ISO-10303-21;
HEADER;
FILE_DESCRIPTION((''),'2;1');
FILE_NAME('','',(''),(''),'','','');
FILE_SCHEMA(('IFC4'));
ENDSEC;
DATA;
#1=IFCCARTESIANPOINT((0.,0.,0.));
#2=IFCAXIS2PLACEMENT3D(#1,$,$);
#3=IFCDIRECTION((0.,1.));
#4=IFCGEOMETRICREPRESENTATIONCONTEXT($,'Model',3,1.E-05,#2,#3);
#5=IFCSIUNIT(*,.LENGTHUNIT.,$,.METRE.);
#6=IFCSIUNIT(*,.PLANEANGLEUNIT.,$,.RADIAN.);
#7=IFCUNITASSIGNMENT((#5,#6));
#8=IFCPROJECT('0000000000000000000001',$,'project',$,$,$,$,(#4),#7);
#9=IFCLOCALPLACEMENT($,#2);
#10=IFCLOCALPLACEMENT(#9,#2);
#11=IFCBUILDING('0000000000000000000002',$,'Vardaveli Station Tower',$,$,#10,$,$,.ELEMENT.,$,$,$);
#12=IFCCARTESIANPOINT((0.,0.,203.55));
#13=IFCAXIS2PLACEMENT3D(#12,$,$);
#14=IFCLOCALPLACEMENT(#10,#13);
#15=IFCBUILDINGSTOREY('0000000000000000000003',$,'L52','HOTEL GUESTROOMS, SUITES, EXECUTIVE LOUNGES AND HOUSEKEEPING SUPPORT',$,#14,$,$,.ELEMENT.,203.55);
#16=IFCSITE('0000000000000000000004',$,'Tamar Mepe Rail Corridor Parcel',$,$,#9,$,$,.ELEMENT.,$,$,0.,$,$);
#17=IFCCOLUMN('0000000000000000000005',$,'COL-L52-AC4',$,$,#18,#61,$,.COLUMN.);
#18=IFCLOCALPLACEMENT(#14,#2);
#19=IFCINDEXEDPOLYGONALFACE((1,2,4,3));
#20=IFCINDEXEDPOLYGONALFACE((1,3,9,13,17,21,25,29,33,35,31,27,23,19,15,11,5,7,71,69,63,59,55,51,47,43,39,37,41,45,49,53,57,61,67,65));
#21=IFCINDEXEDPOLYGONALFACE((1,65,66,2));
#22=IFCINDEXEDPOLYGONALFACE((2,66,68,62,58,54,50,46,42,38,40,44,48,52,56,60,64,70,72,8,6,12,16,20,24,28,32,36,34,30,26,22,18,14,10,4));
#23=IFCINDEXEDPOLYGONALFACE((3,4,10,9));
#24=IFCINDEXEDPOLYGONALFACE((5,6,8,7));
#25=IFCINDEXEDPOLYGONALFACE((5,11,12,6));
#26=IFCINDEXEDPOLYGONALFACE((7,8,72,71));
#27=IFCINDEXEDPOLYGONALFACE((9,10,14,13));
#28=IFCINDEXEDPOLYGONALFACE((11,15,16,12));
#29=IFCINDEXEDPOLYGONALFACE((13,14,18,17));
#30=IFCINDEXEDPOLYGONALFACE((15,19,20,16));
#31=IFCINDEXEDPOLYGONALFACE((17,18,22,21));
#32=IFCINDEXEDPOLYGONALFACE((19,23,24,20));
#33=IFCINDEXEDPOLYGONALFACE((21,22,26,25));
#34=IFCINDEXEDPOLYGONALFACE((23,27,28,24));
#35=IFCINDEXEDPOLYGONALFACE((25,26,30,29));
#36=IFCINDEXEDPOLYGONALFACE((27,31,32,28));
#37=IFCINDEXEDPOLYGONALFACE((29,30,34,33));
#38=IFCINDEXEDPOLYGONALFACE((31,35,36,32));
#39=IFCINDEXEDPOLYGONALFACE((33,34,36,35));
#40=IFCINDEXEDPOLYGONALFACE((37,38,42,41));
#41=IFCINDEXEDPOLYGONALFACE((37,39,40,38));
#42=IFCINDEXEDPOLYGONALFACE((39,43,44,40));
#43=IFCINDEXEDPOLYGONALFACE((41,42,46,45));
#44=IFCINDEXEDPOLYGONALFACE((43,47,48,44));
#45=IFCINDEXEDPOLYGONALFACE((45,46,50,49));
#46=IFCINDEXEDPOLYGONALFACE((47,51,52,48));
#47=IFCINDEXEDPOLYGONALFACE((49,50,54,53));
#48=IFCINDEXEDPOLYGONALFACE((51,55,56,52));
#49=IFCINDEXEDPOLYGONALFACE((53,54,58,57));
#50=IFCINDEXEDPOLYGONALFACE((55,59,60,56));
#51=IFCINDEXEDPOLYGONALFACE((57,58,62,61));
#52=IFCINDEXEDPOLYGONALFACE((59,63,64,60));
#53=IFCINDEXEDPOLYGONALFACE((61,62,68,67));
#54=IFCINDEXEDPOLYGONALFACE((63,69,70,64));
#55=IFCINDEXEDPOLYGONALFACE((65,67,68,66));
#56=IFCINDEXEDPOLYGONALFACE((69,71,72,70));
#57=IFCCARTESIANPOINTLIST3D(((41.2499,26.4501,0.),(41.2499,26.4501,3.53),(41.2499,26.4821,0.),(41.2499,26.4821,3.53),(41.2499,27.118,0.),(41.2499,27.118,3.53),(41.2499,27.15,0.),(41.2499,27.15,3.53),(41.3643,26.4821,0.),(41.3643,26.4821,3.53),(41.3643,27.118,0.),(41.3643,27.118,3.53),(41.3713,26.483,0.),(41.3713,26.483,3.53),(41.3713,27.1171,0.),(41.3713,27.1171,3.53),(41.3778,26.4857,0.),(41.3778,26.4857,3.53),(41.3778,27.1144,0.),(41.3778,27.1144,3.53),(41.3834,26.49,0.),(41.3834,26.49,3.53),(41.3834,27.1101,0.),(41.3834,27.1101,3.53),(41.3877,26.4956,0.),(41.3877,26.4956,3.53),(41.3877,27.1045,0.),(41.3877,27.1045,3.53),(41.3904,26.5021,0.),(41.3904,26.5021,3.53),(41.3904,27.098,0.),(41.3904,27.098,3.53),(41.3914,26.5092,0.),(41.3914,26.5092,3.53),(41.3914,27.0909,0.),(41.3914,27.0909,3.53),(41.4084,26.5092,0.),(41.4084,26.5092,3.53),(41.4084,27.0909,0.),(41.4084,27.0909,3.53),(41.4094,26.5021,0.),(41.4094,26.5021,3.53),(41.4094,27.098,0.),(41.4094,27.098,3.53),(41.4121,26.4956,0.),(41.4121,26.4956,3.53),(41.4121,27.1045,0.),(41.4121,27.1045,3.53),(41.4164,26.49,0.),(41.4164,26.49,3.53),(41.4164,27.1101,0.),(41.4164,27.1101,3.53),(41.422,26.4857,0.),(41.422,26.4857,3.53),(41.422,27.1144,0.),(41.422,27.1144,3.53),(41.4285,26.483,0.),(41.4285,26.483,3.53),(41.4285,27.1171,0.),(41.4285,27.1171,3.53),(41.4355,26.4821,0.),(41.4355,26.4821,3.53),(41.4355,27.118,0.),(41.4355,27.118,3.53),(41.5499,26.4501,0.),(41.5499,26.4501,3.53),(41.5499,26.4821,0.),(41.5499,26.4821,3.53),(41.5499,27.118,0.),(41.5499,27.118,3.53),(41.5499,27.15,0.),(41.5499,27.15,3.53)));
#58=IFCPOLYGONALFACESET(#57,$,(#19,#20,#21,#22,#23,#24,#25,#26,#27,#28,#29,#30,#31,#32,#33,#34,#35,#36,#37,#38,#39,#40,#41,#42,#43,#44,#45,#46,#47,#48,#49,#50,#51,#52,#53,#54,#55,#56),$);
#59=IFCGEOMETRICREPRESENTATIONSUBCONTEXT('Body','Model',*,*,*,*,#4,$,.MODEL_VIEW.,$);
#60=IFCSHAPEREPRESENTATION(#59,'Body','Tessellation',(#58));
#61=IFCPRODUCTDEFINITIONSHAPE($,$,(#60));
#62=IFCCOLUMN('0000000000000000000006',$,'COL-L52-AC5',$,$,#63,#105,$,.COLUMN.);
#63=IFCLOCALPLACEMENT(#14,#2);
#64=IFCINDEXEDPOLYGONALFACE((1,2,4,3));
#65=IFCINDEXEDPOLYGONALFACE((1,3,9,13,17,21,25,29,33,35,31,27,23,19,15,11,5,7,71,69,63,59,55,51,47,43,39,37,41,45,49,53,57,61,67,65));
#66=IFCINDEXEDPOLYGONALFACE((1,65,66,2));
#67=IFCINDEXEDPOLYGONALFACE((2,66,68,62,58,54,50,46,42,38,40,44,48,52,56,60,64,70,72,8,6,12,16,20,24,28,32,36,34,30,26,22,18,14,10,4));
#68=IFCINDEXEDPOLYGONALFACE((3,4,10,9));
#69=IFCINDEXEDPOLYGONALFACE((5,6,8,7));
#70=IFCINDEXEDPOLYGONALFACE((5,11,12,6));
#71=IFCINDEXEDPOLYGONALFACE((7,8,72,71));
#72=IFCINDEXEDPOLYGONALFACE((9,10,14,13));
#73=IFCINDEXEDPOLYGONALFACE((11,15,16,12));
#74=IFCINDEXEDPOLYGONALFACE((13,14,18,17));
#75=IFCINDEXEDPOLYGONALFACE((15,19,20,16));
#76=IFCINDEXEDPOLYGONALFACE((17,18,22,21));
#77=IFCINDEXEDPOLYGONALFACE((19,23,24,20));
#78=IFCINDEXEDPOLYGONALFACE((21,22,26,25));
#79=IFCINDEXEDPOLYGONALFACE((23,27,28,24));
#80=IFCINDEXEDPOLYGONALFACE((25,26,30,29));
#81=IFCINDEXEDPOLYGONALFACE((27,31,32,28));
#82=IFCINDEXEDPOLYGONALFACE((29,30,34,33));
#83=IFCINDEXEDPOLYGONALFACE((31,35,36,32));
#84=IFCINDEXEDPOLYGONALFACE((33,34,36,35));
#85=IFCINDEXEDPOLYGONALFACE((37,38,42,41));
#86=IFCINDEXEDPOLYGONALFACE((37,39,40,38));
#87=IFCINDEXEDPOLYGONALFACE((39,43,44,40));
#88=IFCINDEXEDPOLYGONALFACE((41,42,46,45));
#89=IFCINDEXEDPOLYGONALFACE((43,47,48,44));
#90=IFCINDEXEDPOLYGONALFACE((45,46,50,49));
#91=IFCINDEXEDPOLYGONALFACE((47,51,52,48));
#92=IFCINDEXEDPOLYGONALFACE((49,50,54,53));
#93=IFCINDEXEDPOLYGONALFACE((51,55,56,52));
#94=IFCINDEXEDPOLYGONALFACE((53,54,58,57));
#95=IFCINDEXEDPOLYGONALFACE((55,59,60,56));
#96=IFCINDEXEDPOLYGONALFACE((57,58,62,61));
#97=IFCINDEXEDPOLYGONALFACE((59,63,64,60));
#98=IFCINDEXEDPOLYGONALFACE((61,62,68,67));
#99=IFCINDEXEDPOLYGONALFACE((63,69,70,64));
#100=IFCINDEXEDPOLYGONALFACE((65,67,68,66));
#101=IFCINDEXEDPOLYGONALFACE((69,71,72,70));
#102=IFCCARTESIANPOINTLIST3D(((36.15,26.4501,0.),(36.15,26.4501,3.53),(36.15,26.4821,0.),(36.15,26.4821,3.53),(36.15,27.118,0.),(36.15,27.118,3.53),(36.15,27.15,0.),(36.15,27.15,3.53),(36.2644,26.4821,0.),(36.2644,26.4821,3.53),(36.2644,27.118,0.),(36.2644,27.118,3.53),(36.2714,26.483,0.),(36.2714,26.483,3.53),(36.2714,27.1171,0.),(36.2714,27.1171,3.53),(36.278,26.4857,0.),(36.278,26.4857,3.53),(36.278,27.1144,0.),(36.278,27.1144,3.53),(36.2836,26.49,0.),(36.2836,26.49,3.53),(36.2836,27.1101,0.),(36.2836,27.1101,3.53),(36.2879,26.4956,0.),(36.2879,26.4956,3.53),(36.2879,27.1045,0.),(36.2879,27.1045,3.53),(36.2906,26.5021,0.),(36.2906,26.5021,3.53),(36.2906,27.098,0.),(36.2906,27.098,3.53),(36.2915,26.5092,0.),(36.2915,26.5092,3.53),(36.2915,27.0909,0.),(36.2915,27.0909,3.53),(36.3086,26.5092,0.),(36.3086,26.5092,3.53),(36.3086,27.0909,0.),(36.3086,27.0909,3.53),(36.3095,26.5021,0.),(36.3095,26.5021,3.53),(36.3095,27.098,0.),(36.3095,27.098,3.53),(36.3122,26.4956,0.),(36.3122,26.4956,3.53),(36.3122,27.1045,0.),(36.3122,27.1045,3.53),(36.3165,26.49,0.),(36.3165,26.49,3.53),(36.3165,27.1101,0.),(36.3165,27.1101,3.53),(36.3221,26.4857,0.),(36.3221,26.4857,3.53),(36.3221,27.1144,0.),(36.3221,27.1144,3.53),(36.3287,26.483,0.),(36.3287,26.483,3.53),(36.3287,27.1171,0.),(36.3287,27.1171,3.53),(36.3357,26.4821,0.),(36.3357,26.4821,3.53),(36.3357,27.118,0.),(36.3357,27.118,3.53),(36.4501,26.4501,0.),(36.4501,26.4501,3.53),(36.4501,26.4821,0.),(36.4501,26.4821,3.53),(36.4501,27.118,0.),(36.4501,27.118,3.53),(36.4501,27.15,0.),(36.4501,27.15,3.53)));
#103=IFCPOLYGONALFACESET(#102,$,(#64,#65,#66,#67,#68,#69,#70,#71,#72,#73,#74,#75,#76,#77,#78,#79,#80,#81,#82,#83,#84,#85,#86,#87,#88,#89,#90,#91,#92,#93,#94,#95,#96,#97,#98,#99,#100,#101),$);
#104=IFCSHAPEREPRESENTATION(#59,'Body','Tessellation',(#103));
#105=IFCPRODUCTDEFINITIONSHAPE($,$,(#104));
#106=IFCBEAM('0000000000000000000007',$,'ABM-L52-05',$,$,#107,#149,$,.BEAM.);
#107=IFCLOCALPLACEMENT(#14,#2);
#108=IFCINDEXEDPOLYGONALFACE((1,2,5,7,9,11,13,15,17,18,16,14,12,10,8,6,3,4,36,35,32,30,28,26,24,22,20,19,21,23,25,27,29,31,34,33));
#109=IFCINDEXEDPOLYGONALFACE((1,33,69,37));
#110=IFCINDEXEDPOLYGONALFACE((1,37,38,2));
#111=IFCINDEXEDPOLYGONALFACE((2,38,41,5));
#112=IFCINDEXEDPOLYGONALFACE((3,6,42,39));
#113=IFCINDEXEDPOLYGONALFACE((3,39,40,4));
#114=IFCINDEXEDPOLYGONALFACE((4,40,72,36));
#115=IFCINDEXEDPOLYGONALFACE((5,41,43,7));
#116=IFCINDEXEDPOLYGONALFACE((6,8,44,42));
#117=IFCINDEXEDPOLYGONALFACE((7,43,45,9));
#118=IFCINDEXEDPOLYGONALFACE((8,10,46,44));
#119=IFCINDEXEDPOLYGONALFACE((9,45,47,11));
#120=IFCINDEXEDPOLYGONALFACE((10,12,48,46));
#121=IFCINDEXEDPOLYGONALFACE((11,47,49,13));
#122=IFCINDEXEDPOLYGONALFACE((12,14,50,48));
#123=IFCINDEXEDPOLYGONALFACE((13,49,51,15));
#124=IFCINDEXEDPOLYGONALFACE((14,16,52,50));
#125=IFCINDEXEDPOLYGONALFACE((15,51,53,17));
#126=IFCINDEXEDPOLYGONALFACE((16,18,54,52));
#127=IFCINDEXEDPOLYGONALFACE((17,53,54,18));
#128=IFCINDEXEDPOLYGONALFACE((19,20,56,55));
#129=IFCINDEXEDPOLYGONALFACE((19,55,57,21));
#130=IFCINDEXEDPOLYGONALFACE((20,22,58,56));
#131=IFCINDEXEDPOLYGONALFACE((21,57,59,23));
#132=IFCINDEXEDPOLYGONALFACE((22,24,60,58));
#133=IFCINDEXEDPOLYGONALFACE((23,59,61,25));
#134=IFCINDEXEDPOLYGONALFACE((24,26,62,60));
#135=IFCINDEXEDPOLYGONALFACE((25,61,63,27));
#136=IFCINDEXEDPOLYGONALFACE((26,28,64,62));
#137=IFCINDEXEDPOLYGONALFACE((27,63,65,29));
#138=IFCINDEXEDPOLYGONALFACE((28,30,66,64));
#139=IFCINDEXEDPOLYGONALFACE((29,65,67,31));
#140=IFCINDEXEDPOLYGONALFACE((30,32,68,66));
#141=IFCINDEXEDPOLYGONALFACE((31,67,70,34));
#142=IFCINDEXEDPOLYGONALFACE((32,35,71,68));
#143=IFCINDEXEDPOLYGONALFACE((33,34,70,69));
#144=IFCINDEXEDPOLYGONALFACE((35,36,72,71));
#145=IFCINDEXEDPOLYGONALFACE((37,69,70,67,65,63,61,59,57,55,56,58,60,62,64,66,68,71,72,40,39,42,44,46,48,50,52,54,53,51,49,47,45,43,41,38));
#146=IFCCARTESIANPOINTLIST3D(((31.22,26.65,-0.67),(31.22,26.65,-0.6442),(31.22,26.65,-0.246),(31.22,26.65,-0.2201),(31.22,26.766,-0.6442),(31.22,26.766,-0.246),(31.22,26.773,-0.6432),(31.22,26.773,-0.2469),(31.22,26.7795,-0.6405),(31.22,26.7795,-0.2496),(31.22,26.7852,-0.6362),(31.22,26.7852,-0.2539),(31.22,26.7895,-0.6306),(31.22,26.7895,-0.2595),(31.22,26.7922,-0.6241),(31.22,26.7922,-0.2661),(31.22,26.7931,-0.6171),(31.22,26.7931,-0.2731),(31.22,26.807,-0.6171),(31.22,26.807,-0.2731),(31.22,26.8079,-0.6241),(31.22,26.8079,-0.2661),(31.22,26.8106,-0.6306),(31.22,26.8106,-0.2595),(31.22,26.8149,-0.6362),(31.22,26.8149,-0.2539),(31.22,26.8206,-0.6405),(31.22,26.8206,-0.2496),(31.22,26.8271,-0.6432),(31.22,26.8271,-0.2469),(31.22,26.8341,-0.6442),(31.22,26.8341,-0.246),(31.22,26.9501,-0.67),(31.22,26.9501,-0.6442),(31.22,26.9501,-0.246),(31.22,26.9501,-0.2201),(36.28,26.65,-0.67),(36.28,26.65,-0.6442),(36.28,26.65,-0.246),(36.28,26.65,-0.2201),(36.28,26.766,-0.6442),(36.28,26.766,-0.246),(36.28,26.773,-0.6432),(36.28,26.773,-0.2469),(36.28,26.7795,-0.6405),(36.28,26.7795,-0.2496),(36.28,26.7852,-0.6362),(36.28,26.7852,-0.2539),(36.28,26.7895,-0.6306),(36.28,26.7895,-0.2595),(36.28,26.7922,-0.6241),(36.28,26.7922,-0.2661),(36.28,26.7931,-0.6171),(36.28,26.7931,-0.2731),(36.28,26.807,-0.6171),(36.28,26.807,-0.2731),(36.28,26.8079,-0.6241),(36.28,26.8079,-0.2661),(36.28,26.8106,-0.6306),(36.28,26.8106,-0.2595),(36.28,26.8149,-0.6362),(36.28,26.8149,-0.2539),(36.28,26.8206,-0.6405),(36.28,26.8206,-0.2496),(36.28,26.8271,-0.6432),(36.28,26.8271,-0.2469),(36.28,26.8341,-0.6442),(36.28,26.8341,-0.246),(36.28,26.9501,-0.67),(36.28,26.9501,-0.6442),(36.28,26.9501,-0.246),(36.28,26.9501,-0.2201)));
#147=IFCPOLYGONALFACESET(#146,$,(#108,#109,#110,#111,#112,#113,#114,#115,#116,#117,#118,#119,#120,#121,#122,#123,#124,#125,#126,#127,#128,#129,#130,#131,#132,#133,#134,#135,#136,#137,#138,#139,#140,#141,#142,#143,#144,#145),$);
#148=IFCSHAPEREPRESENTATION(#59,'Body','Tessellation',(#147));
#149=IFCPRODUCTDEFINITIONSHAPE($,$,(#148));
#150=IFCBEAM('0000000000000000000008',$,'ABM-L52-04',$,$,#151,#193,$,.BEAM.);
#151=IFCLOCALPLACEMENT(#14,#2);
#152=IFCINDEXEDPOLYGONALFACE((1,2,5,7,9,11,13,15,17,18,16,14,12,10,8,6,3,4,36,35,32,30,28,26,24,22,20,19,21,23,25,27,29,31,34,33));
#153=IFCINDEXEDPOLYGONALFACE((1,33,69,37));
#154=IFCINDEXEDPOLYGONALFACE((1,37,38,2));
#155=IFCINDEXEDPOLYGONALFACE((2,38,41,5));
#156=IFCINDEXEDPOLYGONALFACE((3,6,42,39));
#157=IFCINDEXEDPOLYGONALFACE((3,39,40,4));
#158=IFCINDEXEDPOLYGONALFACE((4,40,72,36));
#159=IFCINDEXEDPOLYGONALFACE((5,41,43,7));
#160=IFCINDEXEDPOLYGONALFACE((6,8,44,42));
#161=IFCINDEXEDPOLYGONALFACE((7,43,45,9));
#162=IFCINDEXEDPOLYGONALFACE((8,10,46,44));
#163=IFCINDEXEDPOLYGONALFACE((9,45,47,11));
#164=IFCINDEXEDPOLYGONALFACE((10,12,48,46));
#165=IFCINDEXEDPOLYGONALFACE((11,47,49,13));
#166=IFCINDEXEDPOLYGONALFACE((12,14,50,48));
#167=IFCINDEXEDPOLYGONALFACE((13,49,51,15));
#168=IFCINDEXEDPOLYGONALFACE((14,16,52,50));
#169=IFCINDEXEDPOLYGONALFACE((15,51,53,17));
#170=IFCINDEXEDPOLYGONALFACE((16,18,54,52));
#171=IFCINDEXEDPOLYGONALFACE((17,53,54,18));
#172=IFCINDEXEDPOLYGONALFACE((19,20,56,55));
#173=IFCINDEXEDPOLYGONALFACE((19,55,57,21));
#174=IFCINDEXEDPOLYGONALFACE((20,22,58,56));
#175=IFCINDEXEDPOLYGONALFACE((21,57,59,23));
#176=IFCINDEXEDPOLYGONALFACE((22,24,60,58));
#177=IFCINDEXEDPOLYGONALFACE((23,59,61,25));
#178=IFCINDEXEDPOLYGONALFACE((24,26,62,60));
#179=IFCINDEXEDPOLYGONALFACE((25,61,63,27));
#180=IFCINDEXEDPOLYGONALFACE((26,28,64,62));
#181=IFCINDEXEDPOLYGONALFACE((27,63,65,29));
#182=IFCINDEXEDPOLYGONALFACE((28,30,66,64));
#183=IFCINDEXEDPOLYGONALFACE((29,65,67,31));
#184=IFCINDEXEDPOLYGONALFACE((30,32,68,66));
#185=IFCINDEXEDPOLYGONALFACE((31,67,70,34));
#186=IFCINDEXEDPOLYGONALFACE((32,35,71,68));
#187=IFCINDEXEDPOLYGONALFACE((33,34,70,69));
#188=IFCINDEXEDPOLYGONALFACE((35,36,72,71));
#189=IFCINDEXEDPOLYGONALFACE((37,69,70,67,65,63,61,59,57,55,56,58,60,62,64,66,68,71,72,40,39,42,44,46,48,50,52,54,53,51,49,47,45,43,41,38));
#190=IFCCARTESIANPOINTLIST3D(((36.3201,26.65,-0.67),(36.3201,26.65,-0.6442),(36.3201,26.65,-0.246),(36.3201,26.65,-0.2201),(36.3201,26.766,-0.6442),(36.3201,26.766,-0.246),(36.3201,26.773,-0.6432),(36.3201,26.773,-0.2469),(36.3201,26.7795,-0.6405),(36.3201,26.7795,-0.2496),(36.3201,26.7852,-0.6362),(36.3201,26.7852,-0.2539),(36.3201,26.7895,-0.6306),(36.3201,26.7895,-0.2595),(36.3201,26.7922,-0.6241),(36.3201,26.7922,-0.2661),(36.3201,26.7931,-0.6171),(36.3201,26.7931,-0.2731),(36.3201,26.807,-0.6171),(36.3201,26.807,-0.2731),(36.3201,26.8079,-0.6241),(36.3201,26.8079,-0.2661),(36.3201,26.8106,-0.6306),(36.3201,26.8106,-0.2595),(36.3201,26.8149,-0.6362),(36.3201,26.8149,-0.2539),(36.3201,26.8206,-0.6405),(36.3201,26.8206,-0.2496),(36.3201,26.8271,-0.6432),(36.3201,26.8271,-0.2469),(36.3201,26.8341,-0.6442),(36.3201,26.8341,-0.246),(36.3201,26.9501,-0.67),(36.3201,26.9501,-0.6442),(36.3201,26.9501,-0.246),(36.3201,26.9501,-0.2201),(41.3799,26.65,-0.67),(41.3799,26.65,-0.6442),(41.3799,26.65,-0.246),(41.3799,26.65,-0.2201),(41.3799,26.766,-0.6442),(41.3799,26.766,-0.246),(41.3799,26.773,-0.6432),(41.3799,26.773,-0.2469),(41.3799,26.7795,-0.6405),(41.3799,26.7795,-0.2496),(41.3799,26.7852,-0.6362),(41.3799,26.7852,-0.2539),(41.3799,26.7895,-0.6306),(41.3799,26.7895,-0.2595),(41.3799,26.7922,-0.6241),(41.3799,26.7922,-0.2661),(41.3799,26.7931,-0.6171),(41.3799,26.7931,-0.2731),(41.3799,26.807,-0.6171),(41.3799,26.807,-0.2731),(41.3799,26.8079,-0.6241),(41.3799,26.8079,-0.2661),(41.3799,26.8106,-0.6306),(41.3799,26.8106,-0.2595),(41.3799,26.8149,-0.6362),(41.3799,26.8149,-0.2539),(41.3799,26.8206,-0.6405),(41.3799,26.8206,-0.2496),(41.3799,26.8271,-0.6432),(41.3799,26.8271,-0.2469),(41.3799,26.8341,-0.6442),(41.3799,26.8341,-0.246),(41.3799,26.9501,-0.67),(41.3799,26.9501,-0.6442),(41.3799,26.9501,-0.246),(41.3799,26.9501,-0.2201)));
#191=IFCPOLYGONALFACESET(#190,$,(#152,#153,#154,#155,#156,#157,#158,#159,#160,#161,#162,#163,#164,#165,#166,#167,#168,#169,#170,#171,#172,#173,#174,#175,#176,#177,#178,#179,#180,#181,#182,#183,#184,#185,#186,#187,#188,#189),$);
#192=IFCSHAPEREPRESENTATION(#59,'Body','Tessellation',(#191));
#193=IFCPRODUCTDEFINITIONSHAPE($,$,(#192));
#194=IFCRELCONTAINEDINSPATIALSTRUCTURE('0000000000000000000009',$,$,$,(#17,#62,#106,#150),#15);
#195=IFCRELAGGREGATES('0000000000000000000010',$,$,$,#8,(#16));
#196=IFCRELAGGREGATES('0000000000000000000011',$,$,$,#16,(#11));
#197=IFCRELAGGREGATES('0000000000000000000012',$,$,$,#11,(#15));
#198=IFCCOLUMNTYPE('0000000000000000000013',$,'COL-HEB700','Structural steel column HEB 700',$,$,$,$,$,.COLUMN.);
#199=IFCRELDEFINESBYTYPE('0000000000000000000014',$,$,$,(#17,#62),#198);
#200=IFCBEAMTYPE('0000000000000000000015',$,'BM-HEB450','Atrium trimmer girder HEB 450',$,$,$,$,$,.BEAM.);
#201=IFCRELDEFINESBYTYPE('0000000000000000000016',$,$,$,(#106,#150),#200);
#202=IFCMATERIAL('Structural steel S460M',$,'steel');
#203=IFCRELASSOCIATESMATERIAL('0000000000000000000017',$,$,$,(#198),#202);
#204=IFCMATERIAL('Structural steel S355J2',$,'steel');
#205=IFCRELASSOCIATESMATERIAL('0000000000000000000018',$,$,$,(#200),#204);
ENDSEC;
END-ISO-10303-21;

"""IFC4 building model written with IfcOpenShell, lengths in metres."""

from ifc_helpers import new_model, si_unit, direction, frame, origin, origin_2d, place, context, subcontext, project, spatial, i_section, extrude, source, transform, mapped, material, material_profile, profile_set, type_object, element, save


model = new_model("IFC4")

# Units and contexts
model_context = context("Model", 3, precision=1e-05, world=origin(), true_north=direction((0.0, 1.0)))
body_context = subcontext(model_context, "Body", "Model", "MODEL_VIEW")
ifc_project = project(units=[si_unit("LENGTHUNIT", "METRE"), si_unit("PLANEANGLEUNIT", "RADIAN")], contexts=[model_context])

# Site, building, storey
site_placement = place(None, origin())
site = spatial("IfcSite", under=ifc_project, at=site_placement, Name="Tamar Mepe Rail Corridor Parcel", CompositionType="ELEMENT", RefElevation=0.0)
building_placement = place(site_placement, origin())
building = spatial("IfcBuilding", under=site, at=building_placement, Name="Vardaveli Station Tower", CompositionType="ELEMENT")
storey_placement = place(building_placement, frame((0.0, 0.0, 203.55)))
storey = spatial("IfcBuildingStorey", under=building, at=storey_placement, Name="L52", Description="HOTEL GUESTROOMS, SUITES, EXECUTIVE LOUNGES AND HOUSEKEEPING SUPPORT", CompositionType="ELEMENT", Elevation=203.55)

# Columns
ifc_material_1 = material(Name="Structural steel S460M", Category="steel")
ifc_material_profile_1 = material_profile(ifc_material_1, i_section(OverallWidth=0.3, OverallDepth=0.7, WebThickness=0.0171, FlangeThickness=0.032, FilletRadius=0.0271, at=origin_2d()), Name="HEB 700")
ifc_profile_set_1 = profile_set([ifc_material_profile_1], Name="Structural steel S460M")
column_type = type_object("IfcColumnType", Name="COL-HEB700", Description="Structural steel column HEB 700", PredefinedType="COLUMN", material=ifc_profile_set_1)
shared_shape_1 = source(origin(), body_context, "Body", "SweptSolid", [
    extrude(i_section(OverallWidth=0.3, OverallDepth=0.7, WebThickness=0.0171, FlangeThickness=0.032, FilletRadius=0.0271, at=origin_2d()), origin(), (0.0, 0.0, 1.0), 3.53),
])
for number, where, z_axis, x_axis, name in (
    (1, (41.3999, 26.8, 0.0), (0.0, 0.0, 1.0), (1.0, 0.0, 0.0), "COL-L52-AC4"),
    (2, (36.3, 26.8, 0.0), (0.0, 0.0, 1.0), (1.0, 0.0, 0.0), "COL-L52-AC5"),
):
    element("IfcColumn", number, at=place(storey_placement, frame(where, z_axis=z_axis, x_axis=x_axis)), inside=storey, type_object=column_type, Name=name, PredefinedType="COLUMN", context=body_context, shape_type="MappedRepresentation", body=[
        mapped(shared_shape_1, transform((0.0, 0.0, 0.0), scale=1.0)),
    ])

# Beams
ifc_material_2 = material(Name="Structural steel S355J2", Category="steel")
ifc_material_profile_2 = material_profile(ifc_material_2, i_section(OverallWidth=0.3, OverallDepth=0.45, WebThickness=0.0139, FlangeThickness=0.0259, FilletRadius=0.0271, at=origin_2d()), Name="HEB 450")
ifc_profile_set_2 = profile_set([ifc_material_profile_2], Name="Structural steel S355J2")
beam_type_1 = type_object("IfcBeamType", Name="BM-HEB450", Description="Atrium trimmer girder HEB 450", PredefinedType="BEAM", material=ifc_profile_set_2)
shared_shape_2 = source(origin(), body_context, "Body", "SweptSolid", [
    extrude(i_section(OverallWidth=0.3, OverallDepth=0.45, WebThickness=0.0139, FlangeThickness=0.0259, FilletRadius=0.0271, at=origin_2d()), origin(), (0.0, 0.0, 1.0), 5.0601),
])
beam_1_placement = place(storey_placement, frame((36.28, 26.8, -0.4451), z_axis=(-1.0, 0.0, 0.0), x_axis=(0.0, -1.0, 0.0)))
element("IfcBeam", 3, at=beam_1_placement, inside=storey, type_object=beam_type_1, Name="ABM-L52-05", PredefinedType="BEAM", context=body_context, shape_type="MappedRepresentation", body=[
    mapped(shared_shape_2, transform((0.0, 0.0, 0.0), scale=1.0)),
])
shared_shape_3 = source(origin(), body_context, "Body", "SweptSolid", [
    extrude(i_section(OverallWidth=0.3, OverallDepth=0.45, WebThickness=0.0139, FlangeThickness=0.0259, FilletRadius=0.0271, at=origin_2d()), origin(), (0.0, 0.0, 1.0), 5.0598),
])
beam_2_placement = place(storey_placement, frame((41.3799, 26.8, -0.4451), z_axis=(-1.0, 0.0, 0.0), x_axis=(0.0, -1.0, 0.0)))
element("IfcBeam", 4, at=beam_2_placement, inside=storey, type_object=beam_type_1, Name="ABM-L52-04", PredefinedType="BEAM", context=body_context, shape_type="MappedRepresentation", body=[
    mapped(shared_shape_3, transform((0.0, 0.0, 0.0), scale=1.0)),
])

save(model, "model.ifc")
